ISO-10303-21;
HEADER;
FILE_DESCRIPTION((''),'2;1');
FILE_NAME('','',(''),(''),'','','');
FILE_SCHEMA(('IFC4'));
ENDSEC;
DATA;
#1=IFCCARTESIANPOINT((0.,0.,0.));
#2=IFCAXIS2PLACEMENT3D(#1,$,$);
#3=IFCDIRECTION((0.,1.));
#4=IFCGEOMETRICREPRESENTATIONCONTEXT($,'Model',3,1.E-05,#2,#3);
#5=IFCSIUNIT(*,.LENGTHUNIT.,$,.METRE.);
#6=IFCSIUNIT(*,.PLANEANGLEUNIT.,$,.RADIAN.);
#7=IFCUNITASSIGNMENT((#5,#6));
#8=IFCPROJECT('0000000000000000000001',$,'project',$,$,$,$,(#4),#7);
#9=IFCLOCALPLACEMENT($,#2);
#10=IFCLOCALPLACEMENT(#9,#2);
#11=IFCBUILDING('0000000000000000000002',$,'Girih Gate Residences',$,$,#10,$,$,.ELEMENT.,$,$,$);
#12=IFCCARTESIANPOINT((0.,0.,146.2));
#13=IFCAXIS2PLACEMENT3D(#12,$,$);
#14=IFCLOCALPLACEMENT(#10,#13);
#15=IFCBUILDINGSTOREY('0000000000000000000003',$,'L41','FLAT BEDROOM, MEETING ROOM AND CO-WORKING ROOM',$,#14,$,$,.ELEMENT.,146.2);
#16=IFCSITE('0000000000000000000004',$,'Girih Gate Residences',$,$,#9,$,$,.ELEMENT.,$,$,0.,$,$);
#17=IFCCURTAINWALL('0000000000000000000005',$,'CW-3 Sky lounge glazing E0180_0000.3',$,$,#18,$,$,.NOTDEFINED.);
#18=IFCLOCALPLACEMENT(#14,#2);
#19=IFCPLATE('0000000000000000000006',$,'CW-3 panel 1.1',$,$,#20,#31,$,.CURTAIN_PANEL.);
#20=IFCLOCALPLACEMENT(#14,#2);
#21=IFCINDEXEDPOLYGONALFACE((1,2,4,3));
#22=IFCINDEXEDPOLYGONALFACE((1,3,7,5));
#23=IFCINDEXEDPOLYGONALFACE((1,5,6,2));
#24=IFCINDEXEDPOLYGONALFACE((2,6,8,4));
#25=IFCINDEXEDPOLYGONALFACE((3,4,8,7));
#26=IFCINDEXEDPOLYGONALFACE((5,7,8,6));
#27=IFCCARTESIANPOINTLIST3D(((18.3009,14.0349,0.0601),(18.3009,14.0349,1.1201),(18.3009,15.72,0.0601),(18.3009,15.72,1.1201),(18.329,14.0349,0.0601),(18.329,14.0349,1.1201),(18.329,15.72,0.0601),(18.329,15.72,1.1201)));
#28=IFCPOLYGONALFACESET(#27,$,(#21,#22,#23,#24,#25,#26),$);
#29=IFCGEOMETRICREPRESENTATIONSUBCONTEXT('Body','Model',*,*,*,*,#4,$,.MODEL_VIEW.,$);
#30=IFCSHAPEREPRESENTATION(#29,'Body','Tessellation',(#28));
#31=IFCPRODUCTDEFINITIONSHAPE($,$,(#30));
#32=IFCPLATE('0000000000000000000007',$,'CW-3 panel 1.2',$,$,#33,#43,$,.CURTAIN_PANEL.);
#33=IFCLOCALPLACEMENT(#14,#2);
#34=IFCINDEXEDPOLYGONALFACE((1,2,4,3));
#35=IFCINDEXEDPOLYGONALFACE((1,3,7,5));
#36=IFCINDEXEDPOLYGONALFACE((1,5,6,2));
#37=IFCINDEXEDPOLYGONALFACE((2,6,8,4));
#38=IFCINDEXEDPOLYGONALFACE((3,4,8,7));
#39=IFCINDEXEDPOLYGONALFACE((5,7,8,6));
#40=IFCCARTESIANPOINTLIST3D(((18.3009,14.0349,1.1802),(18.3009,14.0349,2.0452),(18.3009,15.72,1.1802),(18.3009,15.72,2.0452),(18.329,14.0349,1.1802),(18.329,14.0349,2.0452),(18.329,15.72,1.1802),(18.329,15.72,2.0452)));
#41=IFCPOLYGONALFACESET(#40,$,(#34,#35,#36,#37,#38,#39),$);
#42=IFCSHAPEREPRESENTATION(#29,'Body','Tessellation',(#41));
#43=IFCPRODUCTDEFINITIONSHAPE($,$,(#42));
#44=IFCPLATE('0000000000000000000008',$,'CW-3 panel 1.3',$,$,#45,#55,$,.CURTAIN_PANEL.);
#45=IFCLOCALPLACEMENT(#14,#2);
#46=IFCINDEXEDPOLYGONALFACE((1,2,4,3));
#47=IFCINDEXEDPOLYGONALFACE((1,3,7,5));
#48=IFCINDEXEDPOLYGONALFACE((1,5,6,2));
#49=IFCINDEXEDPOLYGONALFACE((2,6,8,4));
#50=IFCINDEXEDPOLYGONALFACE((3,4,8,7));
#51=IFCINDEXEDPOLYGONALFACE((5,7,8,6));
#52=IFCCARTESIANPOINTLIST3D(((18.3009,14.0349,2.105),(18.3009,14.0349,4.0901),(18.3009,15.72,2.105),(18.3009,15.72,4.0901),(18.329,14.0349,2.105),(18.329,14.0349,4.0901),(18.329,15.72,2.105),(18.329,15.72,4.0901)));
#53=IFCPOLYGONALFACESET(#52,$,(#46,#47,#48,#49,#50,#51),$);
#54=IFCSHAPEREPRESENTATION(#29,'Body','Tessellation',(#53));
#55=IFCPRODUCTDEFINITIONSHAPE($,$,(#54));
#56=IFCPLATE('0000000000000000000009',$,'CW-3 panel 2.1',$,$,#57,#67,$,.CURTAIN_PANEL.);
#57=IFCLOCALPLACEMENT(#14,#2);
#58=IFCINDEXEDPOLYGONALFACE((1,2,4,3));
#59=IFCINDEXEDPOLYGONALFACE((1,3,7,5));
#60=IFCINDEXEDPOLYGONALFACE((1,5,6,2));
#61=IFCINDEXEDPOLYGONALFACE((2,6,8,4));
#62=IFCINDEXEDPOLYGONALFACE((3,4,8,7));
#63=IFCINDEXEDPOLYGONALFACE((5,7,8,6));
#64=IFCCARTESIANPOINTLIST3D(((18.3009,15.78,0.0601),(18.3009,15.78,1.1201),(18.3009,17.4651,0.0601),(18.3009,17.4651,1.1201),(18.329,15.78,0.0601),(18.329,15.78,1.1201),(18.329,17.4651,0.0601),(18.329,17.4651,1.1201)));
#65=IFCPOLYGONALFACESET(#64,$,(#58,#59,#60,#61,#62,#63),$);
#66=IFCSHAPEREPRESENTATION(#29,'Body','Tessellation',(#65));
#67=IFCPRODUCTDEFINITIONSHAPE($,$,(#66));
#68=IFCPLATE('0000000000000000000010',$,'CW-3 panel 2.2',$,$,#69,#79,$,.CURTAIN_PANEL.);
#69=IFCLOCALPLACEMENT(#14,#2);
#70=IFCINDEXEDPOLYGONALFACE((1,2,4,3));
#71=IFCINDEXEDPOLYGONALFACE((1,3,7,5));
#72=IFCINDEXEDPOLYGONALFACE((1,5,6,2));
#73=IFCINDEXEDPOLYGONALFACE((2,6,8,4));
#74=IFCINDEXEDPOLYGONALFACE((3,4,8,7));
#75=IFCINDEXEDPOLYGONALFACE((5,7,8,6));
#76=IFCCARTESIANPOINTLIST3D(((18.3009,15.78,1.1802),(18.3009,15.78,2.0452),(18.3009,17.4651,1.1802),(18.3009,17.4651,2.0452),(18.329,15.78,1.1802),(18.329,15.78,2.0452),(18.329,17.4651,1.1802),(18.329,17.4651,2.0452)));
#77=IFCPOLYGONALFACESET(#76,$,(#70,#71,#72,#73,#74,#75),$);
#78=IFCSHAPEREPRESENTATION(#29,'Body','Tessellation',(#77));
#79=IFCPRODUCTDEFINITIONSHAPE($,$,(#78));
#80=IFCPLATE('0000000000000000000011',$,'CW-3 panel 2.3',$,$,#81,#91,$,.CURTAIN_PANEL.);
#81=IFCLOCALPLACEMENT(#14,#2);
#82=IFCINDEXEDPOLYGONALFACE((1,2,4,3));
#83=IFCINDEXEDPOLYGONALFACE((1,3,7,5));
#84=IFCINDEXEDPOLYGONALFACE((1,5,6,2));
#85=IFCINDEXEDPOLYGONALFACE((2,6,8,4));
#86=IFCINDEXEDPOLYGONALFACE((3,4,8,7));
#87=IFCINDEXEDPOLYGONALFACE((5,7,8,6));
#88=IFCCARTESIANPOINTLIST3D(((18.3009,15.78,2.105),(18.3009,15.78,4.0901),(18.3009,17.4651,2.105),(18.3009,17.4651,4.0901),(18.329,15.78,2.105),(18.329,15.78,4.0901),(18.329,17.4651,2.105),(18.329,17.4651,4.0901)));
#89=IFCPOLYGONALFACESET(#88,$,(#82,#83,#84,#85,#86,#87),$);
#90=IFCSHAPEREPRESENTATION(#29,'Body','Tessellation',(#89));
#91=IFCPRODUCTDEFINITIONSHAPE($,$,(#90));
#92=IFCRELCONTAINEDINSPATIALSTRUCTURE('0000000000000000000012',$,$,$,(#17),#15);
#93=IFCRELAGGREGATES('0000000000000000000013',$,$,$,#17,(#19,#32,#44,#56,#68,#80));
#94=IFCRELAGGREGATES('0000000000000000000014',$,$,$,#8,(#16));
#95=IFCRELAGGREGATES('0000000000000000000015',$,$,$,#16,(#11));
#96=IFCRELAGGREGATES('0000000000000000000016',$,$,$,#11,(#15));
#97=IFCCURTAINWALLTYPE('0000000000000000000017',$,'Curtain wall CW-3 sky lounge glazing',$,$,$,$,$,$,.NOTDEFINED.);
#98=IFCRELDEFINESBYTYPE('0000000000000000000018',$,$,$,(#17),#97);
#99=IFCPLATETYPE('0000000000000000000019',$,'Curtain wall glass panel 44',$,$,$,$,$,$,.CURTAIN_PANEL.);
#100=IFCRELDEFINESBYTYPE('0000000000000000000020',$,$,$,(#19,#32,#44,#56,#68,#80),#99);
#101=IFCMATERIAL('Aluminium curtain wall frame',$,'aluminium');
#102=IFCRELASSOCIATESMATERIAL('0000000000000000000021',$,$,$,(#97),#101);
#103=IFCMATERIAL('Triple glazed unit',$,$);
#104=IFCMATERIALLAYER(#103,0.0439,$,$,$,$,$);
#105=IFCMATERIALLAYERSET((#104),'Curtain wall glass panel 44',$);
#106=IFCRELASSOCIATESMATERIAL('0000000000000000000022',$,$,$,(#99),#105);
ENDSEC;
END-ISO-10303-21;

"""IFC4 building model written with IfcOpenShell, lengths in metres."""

from ifc_helpers import new_model, si_unit, direction, frame, origin, origin_2d, place, context, subcontext, project, spatial, rectangle, extrude, material, layer, layer_set, type_object, element, aggregate, save


model = new_model("IFC4")

# Units and contexts
model_context = context("Model", 3, precision=1e-05, world=origin(), true_north=direction((0.0, 1.0)))
body_context = subcontext(model_context, "Body", "Model", "MODEL_VIEW")
ifc_project = project(units=[si_unit("LENGTHUNIT", "METRE"), si_unit("PLANEANGLEUNIT", "RADIAN")], contexts=[model_context])

# Site, building, storey
site_placement = place(None, origin())
site = spatial("IfcSite", under=ifc_project, at=site_placement, Name="Girih Gate Residences", CompositionType="ELEMENT", RefElevation=0.0)
building_placement = place(site_placement, origin())
building = spatial("IfcBuilding", under=site, at=building_placement, Name="Girih Gate Residences", CompositionType="ELEMENT")
storey_placement = place(building_placement, frame((0.0, 0.0, 146.2)))
storey = spatial("IfcBuildingStorey", under=building, at=storey_placement, Name="L41", Description="FLAT BEDROOM, MEETING ROOM AND CO-WORKING ROOM", CompositionType="ELEMENT", Elevation=146.2)

# Curtain wall
ifc_material_1 = material(Name="Aluminium curtain wall frame", Category="aluminium")
curtain_wall_type = type_object("IfcCurtainWallType", Name="Curtain wall CW-3 sky lounge glazing", PredefinedType="NOTDEFINED", material=ifc_material_1)
curtain_wall_1_placement = place(storey_placement, origin())
curtain_wall_1 = element("IfcCurtainWall", 1, at=curtain_wall_1_placement, inside=storey, type_object=curtain_wall_type, Name="CW-3 Sky lounge glazing E0180_0000.3", PredefinedType="NOTDEFINED")

# Plates
ifc_material_2 = material(Name="Triple glazed unit")
ifc_layer_1 = layer(ifc_material_2, 0.0439)
ifc_layer_set_1 = layer_set([ifc_layer_1], Name="Curtain wall glass panel 44")
plate_type = type_object("IfcPlateType", Name="Curtain wall glass panel 44", PredefinedType="CURTAIN_PANEL", material=ifc_layer_set_1)
plate_1_placement = place(storey_placement, frame((18.3149, 14.8774, 0.0601), z_axis=(0.0, 0.0, 1.0), x_axis=(0.0, 1.0, 0.0)))
plate_1 = element("IfcPlate", 2, at=plate_1_placement, type_object=plate_type, Name="CW-3 panel 1.1", PredefinedType="CURTAIN_PANEL", context=body_context, shape_type="SweptSolid", body=[
    extrude(rectangle(XDim=1.6851, YDim=0.0281, at=origin_2d()), origin(), (0.0, 0.0, 1.0), 1.0601),
])
plate_2_placement = place(storey_placement, frame((18.3149, 14.8774, 1.1802), z_axis=(0.0, 0.0, 1.0), x_axis=(0.0, 1.0, 0.0)))
plate_2 = element("IfcPlate", 3, at=plate_2_placement, type_object=plate_type, Name="CW-3 panel 1.2", PredefinedType="CURTAIN_PANEL", context=body_context, shape_type="SweptSolid", body=[
    extrude(rectangle(XDim=1.6851, YDim=0.0281, at=origin_2d()), origin(), (0.0, 0.0, 1.0), 0.865),
])
plate_3_placement = place(storey_placement, frame((18.3149, 14.8774, 2.105), z_axis=(0.0, 0.0, 1.0), x_axis=(0.0, 1.0, 0.0)))
plate_3 = element("IfcPlate", 4, at=plate_3_placement, type_object=plate_type, Name="CW-3 panel 1.3", PredefinedType="CURTAIN_PANEL", context=body_context, shape_type="SweptSolid", body=[
    extrude(rectangle(XDim=1.6851, YDim=0.0281, at=origin_2d()), origin(), (0.0, 0.0, 1.0), 1.9851),
])
plate_4_placement = place(storey_placement, frame((18.3149, 16.6226, 0.0601), z_axis=(0.0, 0.0, 1.0), x_axis=(0.0, 1.0, 0.0)))
plate_4 = element("IfcPlate", 5, at=plate_4_placement, type_object=plate_type, Name="CW-3 panel 2.1", PredefinedType="CURTAIN_PANEL", context=body_context, shape_type="SweptSolid", body=[
    extrude(rectangle(XDim=1.6851, YDim=0.0281, at=origin_2d()), origin(), (0.0, 0.0, 1.0), 1.0601),
])
plate_5_placement = place(storey_placement, frame((18.3149, 16.6226, 1.1802), z_axis=(0.0, 0.0, 1.0), x_axis=(0.0, 1.0, 0.0)))
plate_5 = element("IfcPlate", 6, at=plate_5_placement, type_object=plate_type, Name="CW-3 panel 2.2", PredefinedType="CURTAIN_PANEL", context=body_context, shape_type="SweptSolid", body=[
    extrude(rectangle(XDim=1.6851, YDim=0.0281, at=origin_2d()), origin(), (0.0, 0.0, 1.0), 0.865),
])
plate_6_placement = place(storey_placement, frame((18.3149, 16.6226, 2.105), z_axis=(0.0, 0.0, 1.0), x_axis=(0.0, 1.0, 0.0)))
plate_6 = element("IfcPlate", 7, at=plate_6_placement, type_object=plate_type, Name="CW-3 panel 2.3", PredefinedType="CURTAIN_PANEL", context=body_context, shape_type="SweptSolid", body=[
    extrude(rectangle(XDim=1.6851, YDim=0.0281, at=origin_2d()), origin(), (0.0, 0.0, 1.0), 1.9851),
])
aggregate(curtain_wall_1, [plate_1, plate_2, plate_3, plate_4, plate_5, plate_6])

save(model, "model.ifc")
